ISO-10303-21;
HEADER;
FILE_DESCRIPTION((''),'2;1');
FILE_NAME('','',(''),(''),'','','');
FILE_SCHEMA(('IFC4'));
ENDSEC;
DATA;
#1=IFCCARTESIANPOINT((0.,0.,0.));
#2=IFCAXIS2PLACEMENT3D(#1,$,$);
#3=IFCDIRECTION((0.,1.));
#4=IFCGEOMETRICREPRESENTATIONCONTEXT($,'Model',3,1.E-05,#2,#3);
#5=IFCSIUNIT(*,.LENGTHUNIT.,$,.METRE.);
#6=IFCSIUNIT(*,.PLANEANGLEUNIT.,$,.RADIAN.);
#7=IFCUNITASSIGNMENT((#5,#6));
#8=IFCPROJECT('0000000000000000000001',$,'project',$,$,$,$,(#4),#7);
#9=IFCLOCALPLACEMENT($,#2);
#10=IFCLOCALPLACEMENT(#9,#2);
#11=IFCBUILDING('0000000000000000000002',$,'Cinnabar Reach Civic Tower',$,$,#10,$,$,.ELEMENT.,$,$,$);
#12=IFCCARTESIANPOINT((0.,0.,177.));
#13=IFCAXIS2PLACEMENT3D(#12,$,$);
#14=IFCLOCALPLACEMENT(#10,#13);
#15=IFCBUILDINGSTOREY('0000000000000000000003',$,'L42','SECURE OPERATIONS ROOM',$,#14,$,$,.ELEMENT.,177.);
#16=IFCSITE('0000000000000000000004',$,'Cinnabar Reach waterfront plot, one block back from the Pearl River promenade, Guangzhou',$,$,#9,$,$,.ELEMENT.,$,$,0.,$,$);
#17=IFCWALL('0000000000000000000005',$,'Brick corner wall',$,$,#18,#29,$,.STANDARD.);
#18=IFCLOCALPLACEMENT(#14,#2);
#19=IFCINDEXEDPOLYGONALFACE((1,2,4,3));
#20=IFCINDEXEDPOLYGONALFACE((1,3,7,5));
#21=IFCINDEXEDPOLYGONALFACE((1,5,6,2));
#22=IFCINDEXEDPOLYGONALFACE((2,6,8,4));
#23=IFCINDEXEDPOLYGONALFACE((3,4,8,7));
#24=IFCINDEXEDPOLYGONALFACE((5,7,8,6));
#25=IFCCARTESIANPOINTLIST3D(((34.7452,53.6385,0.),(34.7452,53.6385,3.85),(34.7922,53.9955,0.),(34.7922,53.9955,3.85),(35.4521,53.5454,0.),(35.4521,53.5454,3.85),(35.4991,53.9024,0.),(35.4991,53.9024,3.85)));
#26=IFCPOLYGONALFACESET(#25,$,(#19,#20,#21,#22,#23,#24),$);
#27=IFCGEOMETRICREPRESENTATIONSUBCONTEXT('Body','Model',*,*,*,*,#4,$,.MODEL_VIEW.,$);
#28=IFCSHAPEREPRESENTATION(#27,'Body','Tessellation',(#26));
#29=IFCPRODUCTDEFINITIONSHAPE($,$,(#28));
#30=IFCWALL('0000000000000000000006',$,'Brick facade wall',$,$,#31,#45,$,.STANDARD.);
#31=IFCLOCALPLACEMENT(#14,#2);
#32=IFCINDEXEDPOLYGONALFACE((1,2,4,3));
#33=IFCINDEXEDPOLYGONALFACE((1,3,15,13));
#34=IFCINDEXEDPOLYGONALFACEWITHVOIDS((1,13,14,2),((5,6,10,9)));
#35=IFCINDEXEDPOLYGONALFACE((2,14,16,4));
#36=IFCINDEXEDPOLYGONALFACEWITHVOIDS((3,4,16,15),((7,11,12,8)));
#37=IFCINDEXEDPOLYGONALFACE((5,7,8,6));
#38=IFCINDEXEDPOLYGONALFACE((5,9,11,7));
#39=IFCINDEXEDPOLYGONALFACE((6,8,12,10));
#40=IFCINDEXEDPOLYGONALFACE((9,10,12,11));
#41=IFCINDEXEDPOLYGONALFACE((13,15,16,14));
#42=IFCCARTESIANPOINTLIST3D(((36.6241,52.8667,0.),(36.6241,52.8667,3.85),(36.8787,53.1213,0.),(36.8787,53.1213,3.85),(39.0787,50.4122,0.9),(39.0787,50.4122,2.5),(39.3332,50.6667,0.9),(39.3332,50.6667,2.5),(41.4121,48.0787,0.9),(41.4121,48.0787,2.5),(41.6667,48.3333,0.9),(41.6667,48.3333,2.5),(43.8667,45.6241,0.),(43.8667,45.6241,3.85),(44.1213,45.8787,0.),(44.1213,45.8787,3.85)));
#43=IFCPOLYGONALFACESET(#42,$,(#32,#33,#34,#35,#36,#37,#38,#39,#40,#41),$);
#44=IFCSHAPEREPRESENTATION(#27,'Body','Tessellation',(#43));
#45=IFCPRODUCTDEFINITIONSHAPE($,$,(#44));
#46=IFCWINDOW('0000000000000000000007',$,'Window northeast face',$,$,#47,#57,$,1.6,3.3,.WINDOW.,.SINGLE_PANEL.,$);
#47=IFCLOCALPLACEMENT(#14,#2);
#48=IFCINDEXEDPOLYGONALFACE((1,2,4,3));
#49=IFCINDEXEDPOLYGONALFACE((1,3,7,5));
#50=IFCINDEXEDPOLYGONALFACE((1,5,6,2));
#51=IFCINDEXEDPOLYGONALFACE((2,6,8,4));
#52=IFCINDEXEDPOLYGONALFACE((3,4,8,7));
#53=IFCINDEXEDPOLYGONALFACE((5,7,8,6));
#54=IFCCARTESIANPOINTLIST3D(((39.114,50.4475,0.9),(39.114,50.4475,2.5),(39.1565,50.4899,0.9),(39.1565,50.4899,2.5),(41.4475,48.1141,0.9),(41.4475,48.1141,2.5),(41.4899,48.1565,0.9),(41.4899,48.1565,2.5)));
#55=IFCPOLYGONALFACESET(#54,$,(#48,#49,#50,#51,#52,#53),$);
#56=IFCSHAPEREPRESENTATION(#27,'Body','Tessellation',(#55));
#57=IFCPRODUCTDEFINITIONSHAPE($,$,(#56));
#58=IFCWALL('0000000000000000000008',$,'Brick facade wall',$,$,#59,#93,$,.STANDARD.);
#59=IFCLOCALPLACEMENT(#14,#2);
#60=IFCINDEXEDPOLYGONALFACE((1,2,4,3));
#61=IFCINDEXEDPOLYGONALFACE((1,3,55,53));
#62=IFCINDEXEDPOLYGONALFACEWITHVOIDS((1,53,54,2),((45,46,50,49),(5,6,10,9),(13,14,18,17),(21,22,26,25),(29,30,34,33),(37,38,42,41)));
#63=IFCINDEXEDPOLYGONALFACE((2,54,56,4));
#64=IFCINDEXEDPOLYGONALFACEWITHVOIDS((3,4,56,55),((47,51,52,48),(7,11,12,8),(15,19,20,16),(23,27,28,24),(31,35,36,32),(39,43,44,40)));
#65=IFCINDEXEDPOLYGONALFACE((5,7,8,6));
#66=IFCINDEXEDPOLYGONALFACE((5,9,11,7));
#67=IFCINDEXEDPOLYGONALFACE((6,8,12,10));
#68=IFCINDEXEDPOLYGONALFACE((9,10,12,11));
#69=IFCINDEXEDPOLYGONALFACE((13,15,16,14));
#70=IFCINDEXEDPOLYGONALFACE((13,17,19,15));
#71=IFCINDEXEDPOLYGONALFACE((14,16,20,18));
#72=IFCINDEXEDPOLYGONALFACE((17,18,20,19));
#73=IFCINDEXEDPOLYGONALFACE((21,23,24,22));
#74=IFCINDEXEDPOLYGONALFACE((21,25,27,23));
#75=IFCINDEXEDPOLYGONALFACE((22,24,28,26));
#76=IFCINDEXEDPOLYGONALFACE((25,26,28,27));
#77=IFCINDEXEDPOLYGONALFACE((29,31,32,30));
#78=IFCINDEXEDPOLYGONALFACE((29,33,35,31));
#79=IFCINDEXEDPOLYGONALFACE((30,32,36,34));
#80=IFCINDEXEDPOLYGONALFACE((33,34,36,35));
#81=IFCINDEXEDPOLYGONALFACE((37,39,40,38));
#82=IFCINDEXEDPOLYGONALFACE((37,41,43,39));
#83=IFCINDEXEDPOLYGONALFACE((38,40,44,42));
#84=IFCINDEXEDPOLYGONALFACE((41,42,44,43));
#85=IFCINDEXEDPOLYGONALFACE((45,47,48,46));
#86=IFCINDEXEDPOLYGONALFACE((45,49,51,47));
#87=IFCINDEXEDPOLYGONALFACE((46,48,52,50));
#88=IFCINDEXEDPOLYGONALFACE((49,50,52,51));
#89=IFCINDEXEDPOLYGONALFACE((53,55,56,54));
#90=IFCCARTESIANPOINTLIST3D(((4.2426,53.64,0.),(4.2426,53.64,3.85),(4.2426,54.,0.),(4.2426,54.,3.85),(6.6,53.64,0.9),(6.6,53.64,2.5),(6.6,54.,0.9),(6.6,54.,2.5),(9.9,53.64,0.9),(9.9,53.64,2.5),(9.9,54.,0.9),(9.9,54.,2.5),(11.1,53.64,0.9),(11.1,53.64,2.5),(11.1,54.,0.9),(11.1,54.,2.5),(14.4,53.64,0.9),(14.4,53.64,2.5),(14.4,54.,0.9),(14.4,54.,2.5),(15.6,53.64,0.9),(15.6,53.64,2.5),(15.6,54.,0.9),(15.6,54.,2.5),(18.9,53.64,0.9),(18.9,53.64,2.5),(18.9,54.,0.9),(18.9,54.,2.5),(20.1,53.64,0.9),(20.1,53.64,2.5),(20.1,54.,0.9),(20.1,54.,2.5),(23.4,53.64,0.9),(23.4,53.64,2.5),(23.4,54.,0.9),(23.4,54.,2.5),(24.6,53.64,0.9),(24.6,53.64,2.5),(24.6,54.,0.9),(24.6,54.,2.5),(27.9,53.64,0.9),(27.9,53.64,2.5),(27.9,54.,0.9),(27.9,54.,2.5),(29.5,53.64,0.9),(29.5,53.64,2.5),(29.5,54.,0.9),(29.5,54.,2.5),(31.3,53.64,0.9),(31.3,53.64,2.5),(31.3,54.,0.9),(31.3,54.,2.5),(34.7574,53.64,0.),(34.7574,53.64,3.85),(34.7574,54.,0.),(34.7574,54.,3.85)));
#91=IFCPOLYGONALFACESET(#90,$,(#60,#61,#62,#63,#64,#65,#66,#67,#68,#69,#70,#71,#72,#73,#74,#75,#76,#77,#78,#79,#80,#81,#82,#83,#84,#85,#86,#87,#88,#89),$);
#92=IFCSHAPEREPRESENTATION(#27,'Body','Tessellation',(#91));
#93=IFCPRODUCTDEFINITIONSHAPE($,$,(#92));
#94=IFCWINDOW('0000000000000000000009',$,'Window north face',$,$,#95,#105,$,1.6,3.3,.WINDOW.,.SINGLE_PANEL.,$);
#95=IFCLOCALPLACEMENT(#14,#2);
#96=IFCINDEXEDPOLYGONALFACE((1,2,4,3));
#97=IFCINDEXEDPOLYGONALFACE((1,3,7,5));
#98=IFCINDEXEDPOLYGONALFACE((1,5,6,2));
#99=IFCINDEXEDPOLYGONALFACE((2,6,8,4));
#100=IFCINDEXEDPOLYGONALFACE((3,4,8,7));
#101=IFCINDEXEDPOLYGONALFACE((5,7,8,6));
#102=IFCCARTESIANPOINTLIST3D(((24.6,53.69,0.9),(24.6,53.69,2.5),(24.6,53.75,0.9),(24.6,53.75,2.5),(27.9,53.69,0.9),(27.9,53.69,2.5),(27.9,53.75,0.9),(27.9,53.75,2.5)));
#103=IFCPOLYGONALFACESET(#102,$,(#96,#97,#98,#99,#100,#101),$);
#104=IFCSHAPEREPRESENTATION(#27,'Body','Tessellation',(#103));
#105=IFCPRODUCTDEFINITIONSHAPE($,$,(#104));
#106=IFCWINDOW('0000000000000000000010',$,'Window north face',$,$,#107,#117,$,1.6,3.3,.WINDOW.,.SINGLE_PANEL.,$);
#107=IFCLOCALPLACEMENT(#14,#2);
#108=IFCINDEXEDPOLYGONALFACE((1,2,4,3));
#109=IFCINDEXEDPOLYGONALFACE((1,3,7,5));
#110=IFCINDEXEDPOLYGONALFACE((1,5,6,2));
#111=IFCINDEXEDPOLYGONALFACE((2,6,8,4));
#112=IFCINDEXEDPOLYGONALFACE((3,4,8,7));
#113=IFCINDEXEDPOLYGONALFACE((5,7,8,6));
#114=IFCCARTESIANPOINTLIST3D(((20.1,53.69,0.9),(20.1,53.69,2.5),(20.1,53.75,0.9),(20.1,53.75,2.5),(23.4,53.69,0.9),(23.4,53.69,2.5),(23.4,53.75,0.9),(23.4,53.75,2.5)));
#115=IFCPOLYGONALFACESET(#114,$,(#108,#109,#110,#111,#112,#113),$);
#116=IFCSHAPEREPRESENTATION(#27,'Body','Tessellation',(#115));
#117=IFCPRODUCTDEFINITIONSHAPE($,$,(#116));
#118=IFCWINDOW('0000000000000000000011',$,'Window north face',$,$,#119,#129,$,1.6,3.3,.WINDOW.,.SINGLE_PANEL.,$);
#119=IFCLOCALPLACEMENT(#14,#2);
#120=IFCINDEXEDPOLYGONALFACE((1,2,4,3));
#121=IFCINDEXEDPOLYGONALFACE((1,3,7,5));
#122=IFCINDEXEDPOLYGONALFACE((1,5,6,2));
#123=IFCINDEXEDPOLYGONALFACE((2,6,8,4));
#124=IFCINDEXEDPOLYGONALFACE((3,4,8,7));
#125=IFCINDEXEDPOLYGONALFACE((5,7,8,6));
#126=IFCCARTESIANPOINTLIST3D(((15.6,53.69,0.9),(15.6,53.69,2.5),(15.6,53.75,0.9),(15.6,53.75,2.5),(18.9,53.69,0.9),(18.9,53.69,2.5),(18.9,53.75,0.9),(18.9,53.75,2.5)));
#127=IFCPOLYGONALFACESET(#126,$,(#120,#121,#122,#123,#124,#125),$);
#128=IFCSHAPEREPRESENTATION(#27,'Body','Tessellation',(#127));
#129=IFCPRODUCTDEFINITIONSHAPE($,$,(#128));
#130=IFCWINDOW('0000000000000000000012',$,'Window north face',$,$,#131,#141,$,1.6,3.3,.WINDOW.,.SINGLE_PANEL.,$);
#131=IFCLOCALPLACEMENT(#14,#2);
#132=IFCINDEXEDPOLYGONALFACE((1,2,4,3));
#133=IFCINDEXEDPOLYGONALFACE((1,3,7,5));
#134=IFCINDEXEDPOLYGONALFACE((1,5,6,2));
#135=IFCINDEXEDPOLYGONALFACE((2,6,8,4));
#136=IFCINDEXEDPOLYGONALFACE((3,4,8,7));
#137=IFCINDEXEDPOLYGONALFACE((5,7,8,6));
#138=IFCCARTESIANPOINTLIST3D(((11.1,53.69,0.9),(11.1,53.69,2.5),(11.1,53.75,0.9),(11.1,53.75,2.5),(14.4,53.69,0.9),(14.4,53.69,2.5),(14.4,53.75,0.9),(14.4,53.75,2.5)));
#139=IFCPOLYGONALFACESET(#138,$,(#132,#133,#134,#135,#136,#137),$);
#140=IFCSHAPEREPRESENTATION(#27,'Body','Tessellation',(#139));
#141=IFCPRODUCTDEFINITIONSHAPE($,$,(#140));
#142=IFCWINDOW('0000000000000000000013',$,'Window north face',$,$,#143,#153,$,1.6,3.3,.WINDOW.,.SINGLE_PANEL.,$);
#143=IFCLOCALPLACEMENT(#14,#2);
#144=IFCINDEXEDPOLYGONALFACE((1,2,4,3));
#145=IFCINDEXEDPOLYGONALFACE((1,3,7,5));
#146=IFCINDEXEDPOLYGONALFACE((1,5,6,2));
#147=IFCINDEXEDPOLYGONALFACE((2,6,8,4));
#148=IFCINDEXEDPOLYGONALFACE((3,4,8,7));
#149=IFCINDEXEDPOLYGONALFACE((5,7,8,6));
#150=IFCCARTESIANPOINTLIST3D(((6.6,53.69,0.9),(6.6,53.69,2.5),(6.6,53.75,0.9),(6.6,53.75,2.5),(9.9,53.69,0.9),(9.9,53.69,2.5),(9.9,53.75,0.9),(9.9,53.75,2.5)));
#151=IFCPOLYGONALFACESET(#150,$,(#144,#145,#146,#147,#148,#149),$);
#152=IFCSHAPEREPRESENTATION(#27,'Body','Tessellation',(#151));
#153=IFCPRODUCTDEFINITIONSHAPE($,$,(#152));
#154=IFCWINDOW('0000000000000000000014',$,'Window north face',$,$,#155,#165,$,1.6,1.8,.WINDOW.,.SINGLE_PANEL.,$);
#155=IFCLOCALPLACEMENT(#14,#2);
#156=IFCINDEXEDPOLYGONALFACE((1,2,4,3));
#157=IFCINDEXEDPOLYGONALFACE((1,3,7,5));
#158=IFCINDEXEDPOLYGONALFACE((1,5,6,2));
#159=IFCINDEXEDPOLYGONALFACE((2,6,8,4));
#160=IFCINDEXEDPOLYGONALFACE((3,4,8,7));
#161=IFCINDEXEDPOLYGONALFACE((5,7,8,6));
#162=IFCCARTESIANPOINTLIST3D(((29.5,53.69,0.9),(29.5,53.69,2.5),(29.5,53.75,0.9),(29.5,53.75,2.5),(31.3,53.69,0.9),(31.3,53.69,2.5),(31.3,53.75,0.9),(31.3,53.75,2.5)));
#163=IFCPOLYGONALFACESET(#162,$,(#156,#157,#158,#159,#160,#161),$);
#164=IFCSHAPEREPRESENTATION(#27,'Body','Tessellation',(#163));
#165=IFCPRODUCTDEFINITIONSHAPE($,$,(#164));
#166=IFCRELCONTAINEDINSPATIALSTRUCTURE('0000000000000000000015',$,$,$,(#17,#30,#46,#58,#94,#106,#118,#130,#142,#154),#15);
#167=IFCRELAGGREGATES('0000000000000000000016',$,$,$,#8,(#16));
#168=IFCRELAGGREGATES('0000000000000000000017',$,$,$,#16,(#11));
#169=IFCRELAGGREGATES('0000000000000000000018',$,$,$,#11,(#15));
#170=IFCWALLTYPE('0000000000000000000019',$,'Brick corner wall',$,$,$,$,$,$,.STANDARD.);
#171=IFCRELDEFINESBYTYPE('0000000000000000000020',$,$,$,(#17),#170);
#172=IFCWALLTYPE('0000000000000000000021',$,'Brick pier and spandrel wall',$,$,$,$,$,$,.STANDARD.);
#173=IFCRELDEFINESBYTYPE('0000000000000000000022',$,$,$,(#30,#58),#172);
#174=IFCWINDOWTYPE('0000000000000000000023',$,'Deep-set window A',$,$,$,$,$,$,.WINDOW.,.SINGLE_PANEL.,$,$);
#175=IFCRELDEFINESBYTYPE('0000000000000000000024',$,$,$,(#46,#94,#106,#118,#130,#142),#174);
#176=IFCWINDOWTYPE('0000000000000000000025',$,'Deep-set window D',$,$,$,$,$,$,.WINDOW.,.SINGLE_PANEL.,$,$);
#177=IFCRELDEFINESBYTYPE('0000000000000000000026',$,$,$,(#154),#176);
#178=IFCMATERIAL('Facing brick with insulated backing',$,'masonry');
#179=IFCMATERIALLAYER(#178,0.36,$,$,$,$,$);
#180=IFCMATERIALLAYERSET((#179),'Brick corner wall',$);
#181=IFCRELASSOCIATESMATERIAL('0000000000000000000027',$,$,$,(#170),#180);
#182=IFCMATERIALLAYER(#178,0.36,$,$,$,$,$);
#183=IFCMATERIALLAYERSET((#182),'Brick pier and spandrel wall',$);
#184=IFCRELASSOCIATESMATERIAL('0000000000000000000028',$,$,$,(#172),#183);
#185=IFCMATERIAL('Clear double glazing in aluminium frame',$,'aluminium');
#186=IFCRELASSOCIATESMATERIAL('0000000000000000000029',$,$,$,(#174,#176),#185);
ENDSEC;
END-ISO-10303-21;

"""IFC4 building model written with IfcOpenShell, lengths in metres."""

from ifc_helpers import new_model, si_unit, direction, frame, frame_2d, origin, place, context, subcontext, project, spatial, rectangle, extrude, material, layer, layer_set, type_object, element, fill, save


model = new_model("IFC4")

# Units and contexts
model_context = context("Model", 3, precision=1e-05, world=origin(), true_north=direction((0.0, 1.0)))
body_context = subcontext(model_context, "Body", "Model", "MODEL_VIEW")
ifc_project = project(units=[si_unit("LENGTHUNIT", "METRE"), si_unit("PLANEANGLEUNIT", "RADIAN")], contexts=[model_context])

# Site, building, storey
site_placement = place(None, origin())
site = spatial("IfcSite", under=ifc_project, at=site_placement, Name="Cinnabar Reach waterfront plot, one block back from the Pearl River promenade, Guangzhou", CompositionType="ELEMENT", RefElevation=0.0)
building_placement = place(site_placement, origin())
building = spatial("IfcBuilding", under=site, at=building_placement, Name="Cinnabar Reach Civic Tower", CompositionType="ELEMENT")
storey_placement = place(building_placement, frame((0.0, 0.0, 177.0)))
storey = spatial("IfcBuildingStorey", under=building, at=storey_placement, Name="L42", Description="SECURE OPERATIONS ROOM", CompositionType="ELEMENT", Elevation=177.0)

# Wall
ifc_material_1 = material(Name="Facing brick with insulated backing", Category="masonry")
ifc_layer_1 = layer(ifc_material_1, 0.36)
ifc_layer_set_1 = layer_set([ifc_layer_1], Name="Brick corner wall")
wall_type_1 = type_object("IfcWallType", Name="Brick corner wall", PredefinedType="STANDARD", material=ifc_layer_set_1)
for number, where, z_axis, x_axis, name in (
    (1, (35.4756, 53.7239, 0.0), (0.0, 0.0, 1.0), (-0.991441, 0.130556, 0.0), "Brick corner wall"),
):
    element("IfcWall", number, at=place(storey_placement, frame(where, z_axis=z_axis, x_axis=x_axis)), inside=storey, type_object=wall_type_1, Name=name, PredefinedType="STANDARD", context=body_context, shape_type="SweptSolid", body=[
        extrude(rectangle(XDim=0.7131, YDim=0.36, at=frame_2d((0.3565, 0.0))), origin(), (0.0, 0.0, 1.0), 3.85),
    ])

# Wall, opening, window
ifc_layer_2 = layer(ifc_material_1, 0.36)
ifc_layer_set_2 = layer_set([ifc_layer_2], Name="Brick pier and spandrel wall")
wall_type_2 = type_object("IfcWallType", Name="Brick pier and spandrel wall", PredefinedType="STANDARD", material=ifc_layer_set_2)
wall_1_placement = place(storey_placement, frame((43.994, 45.7514, 0.0), z_axis=(0.0, 0.0, 1.0), x_axis=(-0.707107, 0.707107, 0.0)))
wall_1 = element("IfcWall", 2, at=wall_1_placement, inside=storey, type_object=wall_type_2, Name="Brick facade wall", PredefinedType="STANDARD", context=body_context, shape_type="SweptSolid", body=[
    extrude(rectangle(XDim=10.2426, YDim=0.36, at=frame_2d((5.1213, 0.0))), origin(), (0.0, 0.0, 1.0), 3.85),
])
opening_1_placement = place(wall_1_placement, frame((3.4713, 0.0, 0.9)))
opening_1 = element("IfcOpeningElement", 3, at=opening_1_placement, cuts=wall_1, PredefinedType="OPENING", context=body_context, shape_type="SweptSolid", body=[
    extrude(rectangle(XDim=3.3, YDim=1.6, at=frame_2d((1.65, 0.8))), frame((0.0, 0.19, 0.0), z_axis=(0.0, -1.0, 0.0), x_axis=(1.0, 0.0, 0.0)), (0.0, 0.0, 1.0), 0.38),
])
ifc_material_2 = material(Name="Clear double glazing in aluminium frame", Category="aluminium")
window_type_1 = type_object("IfcWindowType", Name="Deep-set window A", PartitioningType="SINGLE_PANEL", PredefinedType="WINDOW", material=ifc_material_2)
window_1_placement = place(opening_1_placement, origin())
window_1 = element("IfcWindow", 4, at=window_1_placement, inside=storey, type_object=window_type_1, Name="Window northeast face", OverallHeight=1.6, OverallWidth=3.3, PartitioningType="SINGLE_PANEL", PredefinedType="WINDOW", context=body_context, shape_type="SweptSolid", body=[
    extrude(rectangle(XDim=3.3, YDim=1.6, at=frame_2d((1.65, 0.8))), frame((0.0, 0.13, 0.0), z_axis=(0.0, -1.0, 0.0), x_axis=(1.0, 0.0, 0.0)), (0.0, 0.0, 1.0), 0.06),
])
fill(opening_1, window_1)

# Wall, openings, windows
wall_2_placement = place(storey_placement, frame((34.7574, 53.82, 0.0), z_axis=(0.0, 0.0, 1.0), x_axis=(-1.0, 0.0, 0.0)))
wall_2 = element("IfcWall", 5, at=wall_2_placement, inside=storey, type_object=wall_type_2, Name="Brick facade wall", PredefinedType="STANDARD", context=body_context, shape_type="SweptSolid", body=[
    extrude(rectangle(XDim=30.5148, YDim=0.36, at=frame_2d((15.2574, 0.0))), origin(), (0.0, 0.0, 1.0), 3.85),
])
opening_2_placement = place(wall_2_placement, frame((3.4574, 0.0, 0.9)))
opening_2 = element("IfcOpeningElement", 6, at=opening_2_placement, cuts=wall_2, PredefinedType="OPENING", context=body_context, shape_type="SweptSolid", body=[
    extrude(rectangle(XDim=1.8, YDim=1.6, at=frame_2d((0.9, 0.8))), frame((0.0, 0.19, 0.0), z_axis=(0.0, -1.0, 0.0), x_axis=(1.0, 0.0, 0.0)), (0.0, 0.0, 1.0), 0.38),
])
opening_3_placement = place(wall_2_placement, frame((6.8574, 0.0, 0.9)))
opening_3 = element("IfcOpeningElement", 7, at=opening_3_placement, cuts=wall_2, PredefinedType="OPENING", context=body_context, shape_type="SweptSolid", body=[
    extrude(rectangle(XDim=3.3, YDim=1.6, at=frame_2d((1.65, 0.8))), frame((0.0, 0.19, 0.0), z_axis=(0.0, -1.0, 0.0), x_axis=(1.0, 0.0, 0.0)), (0.0, 0.0, 1.0), 0.38),
])
opening_4_placement = place(wall_2_placement, frame((11.3574, 0.0, 0.9)))
opening_4 = element("IfcOpeningElement", 8, at=opening_4_placement, cuts=wall_2, PredefinedType="OPENING", context=body_context, shape_type="SweptSolid", body=[
    extrude(rectangle(XDim=3.3, YDim=1.6, at=frame_2d((1.65, 0.8))), frame((0.0, 0.19, 0.0), z_axis=(0.0, -1.0, 0.0), x_axis=(1.0, 0.0, 0.0)), (0.0, 0.0, 1.0), 0.38),
])
opening_5_placement = place(wall_2_placement, frame((15.8574, 0.0, 0.9)))
opening_5 = element("IfcOpeningElement", 9, at=opening_5_placement, cuts=wall_2, PredefinedType="OPENING", context=body_context, shape_type="SweptSolid", body=[
    extrude(rectangle(XDim=3.3, YDim=1.6, at=frame_2d((1.65, 0.8))), frame((0.0, 0.19, 0.0), z_axis=(0.0, -1.0, 0.0), x_axis=(1.0, 0.0, 0.0)), (0.0, 0.0, 1.0), 0.38),
])
opening_6_placement = place(wall_2_placement, frame((20.3574, 0.0, 0.9)))
opening_6 = element("IfcOpeningElement", 10, at=opening_6_placement, cuts=wall_2, PredefinedType="OPENING", context=body_context, shape_type="SweptSolid", body=[
    extrude(rectangle(XDim=3.3, YDim=1.6, at=frame_2d((1.65, 0.8))), frame((0.0, 0.19, 0.0), z_axis=(0.0, -1.0, 0.0), x_axis=(1.0, 0.0, 0.0)), (0.0, 0.0, 1.0), 0.38),
])
opening_7_placement = place(wall_2_placement, frame((24.8574, 0.0, 0.9)))
opening_7 = element("IfcOpeningElement", 11, at=opening_7_placement, cuts=wall_2, PredefinedType="OPENING", context=body_context, shape_type="SweptSolid", body=[
    extrude(rectangle(XDim=3.3, YDim=1.6, at=frame_2d((1.65, 0.8))), frame((0.0, 0.19, 0.0), z_axis=(0.0, -1.0, 0.0), x_axis=(1.0, 0.0, 0.0)), (0.0, 0.0, 1.0), 0.38),
])
window_2_placement = place(opening_3_placement, origin())
window_2 = element("IfcWindow", 12, at=window_2_placement, inside=storey, type_object=window_type_1, Name="Window north face", OverallHeight=1.6, OverallWidth=3.3, PartitioningType="SINGLE_PANEL", PredefinedType="WINDOW", context=body_context, shape_type="SweptSolid", body=[
    extrude(rectangle(XDim=3.3, YDim=1.6, at=frame_2d((1.65, 0.8))), frame((0.0, 0.13, 0.0), z_axis=(0.0, -1.0, 0.0), x_axis=(1.0, 0.0, 0.0)), (0.0, 0.0, 1.0), 0.06),
])
fill(opening_3, window_2)
window_3_placement = place(opening_4_placement, origin())
window_3 = element("IfcWindow", 13, at=window_3_placement, inside=storey, type_object=window_type_1, Name="Window north face", OverallHeight=1.6, OverallWidth=3.3, PartitioningType="SINGLE_PANEL", PredefinedType="WINDOW", context=body_context, shape_type="SweptSolid", body=[
    extrude(rectangle(XDim=3.3, YDim=1.6, at=frame_2d((1.65, 0.8))), frame((0.0, 0.13, 0.0), z_axis=(0.0, -1.0, 0.0), x_axis=(1.0, 0.0, 0.0)), (0.0, 0.0, 1.0), 0.06),
])
fill(opening_4, window_3)
window_4_placement = place(opening_5_placement, origin())
window_4 = element("IfcWindow", 14, at=window_4_placement, inside=storey, type_object=window_type_1, Name="Window north face", OverallHeight=1.6, OverallWidth=3.3, PartitioningType="SINGLE_PANEL", PredefinedType="WINDOW", context=body_context, shape_type="SweptSolid", body=[
    extrude(rectangle(XDim=3.3, YDim=1.6, at=frame_2d((1.65, 0.8))), frame((0.0, 0.13, 0.0), z_axis=(0.0, -1.0, 0.0), x_axis=(1.0, 0.0, 0.0)), (0.0, 0.0, 1.0), 0.06),
])
fill(opening_5, window_4)
window_5_placement = place(opening_6_placement, origin())
window_5 = element("IfcWindow", 15, at=window_5_placement, inside=storey, type_object=window_type_1, Name="Window north face", OverallHeight=1.6, OverallWidth=3.3, PartitioningType="SINGLE_PANEL", PredefinedType="WINDOW", context=body_context, shape_type="SweptSolid", body=[
    extrude(rectangle(XDim=3.3, YDim=1.6, at=frame_2d((1.65, 0.8))), frame((0.0, 0.13, 0.0), z_axis=(0.0, -1.0, 0.0), x_axis=(1.0, 0.0, 0.0)), (0.0, 0.0, 1.0), 0.06),
])
fill(opening_6, window_5)
window_6_placement = place(opening_7_placement, origin())
window_6 = element("IfcWindow", 16, at=window_6_placement, inside=storey, type_object=window_type_1, Name="Window north face", OverallHeight=1.6, OverallWidth=3.3, PartitioningType="SINGLE_PANEL", PredefinedType="WINDOW", context=body_context, shape_type="SweptSolid", body=[
    extrude(rectangle(XDim=3.3, YDim=1.6, at=frame_2d((1.65, 0.8))), frame((0.0, 0.13, 0.0), z_axis=(0.0, -1.0, 0.0), x_axis=(1.0, 0.0, 0.0)), (0.0, 0.0, 1.0), 0.06),
])
fill(opening_7, window_6)
window_type_2 = type_object("IfcWindowType", Name="Deep-set window D", PartitioningType="SINGLE_PANEL", PredefinedType="WINDOW", material=ifc_material_2)
window_7_placement = place(opening_2_placement, origin())
window_7 = element("IfcWindow", 17, at=window_7_placement, inside=storey, type_object=window_type_2, Name="Window north face", OverallHeight=1.6, OverallWidth=1.8, PartitioningType="SINGLE_PANEL", PredefinedType="WINDOW", context=body_context, shape_type="SweptSolid", body=[
    extrude(rectangle(XDim=1.8, YDim=1.6, at=frame_2d((0.9, 0.8))), frame((0.0, 0.13, 0.0), z_axis=(0.0, -1.0, 0.0), x_axis=(1.0, 0.0, 0.0)), (0.0, 0.0, 1.0), 0.06),
])
fill(opening_2, window_7)

save(model, "model.ifc")
